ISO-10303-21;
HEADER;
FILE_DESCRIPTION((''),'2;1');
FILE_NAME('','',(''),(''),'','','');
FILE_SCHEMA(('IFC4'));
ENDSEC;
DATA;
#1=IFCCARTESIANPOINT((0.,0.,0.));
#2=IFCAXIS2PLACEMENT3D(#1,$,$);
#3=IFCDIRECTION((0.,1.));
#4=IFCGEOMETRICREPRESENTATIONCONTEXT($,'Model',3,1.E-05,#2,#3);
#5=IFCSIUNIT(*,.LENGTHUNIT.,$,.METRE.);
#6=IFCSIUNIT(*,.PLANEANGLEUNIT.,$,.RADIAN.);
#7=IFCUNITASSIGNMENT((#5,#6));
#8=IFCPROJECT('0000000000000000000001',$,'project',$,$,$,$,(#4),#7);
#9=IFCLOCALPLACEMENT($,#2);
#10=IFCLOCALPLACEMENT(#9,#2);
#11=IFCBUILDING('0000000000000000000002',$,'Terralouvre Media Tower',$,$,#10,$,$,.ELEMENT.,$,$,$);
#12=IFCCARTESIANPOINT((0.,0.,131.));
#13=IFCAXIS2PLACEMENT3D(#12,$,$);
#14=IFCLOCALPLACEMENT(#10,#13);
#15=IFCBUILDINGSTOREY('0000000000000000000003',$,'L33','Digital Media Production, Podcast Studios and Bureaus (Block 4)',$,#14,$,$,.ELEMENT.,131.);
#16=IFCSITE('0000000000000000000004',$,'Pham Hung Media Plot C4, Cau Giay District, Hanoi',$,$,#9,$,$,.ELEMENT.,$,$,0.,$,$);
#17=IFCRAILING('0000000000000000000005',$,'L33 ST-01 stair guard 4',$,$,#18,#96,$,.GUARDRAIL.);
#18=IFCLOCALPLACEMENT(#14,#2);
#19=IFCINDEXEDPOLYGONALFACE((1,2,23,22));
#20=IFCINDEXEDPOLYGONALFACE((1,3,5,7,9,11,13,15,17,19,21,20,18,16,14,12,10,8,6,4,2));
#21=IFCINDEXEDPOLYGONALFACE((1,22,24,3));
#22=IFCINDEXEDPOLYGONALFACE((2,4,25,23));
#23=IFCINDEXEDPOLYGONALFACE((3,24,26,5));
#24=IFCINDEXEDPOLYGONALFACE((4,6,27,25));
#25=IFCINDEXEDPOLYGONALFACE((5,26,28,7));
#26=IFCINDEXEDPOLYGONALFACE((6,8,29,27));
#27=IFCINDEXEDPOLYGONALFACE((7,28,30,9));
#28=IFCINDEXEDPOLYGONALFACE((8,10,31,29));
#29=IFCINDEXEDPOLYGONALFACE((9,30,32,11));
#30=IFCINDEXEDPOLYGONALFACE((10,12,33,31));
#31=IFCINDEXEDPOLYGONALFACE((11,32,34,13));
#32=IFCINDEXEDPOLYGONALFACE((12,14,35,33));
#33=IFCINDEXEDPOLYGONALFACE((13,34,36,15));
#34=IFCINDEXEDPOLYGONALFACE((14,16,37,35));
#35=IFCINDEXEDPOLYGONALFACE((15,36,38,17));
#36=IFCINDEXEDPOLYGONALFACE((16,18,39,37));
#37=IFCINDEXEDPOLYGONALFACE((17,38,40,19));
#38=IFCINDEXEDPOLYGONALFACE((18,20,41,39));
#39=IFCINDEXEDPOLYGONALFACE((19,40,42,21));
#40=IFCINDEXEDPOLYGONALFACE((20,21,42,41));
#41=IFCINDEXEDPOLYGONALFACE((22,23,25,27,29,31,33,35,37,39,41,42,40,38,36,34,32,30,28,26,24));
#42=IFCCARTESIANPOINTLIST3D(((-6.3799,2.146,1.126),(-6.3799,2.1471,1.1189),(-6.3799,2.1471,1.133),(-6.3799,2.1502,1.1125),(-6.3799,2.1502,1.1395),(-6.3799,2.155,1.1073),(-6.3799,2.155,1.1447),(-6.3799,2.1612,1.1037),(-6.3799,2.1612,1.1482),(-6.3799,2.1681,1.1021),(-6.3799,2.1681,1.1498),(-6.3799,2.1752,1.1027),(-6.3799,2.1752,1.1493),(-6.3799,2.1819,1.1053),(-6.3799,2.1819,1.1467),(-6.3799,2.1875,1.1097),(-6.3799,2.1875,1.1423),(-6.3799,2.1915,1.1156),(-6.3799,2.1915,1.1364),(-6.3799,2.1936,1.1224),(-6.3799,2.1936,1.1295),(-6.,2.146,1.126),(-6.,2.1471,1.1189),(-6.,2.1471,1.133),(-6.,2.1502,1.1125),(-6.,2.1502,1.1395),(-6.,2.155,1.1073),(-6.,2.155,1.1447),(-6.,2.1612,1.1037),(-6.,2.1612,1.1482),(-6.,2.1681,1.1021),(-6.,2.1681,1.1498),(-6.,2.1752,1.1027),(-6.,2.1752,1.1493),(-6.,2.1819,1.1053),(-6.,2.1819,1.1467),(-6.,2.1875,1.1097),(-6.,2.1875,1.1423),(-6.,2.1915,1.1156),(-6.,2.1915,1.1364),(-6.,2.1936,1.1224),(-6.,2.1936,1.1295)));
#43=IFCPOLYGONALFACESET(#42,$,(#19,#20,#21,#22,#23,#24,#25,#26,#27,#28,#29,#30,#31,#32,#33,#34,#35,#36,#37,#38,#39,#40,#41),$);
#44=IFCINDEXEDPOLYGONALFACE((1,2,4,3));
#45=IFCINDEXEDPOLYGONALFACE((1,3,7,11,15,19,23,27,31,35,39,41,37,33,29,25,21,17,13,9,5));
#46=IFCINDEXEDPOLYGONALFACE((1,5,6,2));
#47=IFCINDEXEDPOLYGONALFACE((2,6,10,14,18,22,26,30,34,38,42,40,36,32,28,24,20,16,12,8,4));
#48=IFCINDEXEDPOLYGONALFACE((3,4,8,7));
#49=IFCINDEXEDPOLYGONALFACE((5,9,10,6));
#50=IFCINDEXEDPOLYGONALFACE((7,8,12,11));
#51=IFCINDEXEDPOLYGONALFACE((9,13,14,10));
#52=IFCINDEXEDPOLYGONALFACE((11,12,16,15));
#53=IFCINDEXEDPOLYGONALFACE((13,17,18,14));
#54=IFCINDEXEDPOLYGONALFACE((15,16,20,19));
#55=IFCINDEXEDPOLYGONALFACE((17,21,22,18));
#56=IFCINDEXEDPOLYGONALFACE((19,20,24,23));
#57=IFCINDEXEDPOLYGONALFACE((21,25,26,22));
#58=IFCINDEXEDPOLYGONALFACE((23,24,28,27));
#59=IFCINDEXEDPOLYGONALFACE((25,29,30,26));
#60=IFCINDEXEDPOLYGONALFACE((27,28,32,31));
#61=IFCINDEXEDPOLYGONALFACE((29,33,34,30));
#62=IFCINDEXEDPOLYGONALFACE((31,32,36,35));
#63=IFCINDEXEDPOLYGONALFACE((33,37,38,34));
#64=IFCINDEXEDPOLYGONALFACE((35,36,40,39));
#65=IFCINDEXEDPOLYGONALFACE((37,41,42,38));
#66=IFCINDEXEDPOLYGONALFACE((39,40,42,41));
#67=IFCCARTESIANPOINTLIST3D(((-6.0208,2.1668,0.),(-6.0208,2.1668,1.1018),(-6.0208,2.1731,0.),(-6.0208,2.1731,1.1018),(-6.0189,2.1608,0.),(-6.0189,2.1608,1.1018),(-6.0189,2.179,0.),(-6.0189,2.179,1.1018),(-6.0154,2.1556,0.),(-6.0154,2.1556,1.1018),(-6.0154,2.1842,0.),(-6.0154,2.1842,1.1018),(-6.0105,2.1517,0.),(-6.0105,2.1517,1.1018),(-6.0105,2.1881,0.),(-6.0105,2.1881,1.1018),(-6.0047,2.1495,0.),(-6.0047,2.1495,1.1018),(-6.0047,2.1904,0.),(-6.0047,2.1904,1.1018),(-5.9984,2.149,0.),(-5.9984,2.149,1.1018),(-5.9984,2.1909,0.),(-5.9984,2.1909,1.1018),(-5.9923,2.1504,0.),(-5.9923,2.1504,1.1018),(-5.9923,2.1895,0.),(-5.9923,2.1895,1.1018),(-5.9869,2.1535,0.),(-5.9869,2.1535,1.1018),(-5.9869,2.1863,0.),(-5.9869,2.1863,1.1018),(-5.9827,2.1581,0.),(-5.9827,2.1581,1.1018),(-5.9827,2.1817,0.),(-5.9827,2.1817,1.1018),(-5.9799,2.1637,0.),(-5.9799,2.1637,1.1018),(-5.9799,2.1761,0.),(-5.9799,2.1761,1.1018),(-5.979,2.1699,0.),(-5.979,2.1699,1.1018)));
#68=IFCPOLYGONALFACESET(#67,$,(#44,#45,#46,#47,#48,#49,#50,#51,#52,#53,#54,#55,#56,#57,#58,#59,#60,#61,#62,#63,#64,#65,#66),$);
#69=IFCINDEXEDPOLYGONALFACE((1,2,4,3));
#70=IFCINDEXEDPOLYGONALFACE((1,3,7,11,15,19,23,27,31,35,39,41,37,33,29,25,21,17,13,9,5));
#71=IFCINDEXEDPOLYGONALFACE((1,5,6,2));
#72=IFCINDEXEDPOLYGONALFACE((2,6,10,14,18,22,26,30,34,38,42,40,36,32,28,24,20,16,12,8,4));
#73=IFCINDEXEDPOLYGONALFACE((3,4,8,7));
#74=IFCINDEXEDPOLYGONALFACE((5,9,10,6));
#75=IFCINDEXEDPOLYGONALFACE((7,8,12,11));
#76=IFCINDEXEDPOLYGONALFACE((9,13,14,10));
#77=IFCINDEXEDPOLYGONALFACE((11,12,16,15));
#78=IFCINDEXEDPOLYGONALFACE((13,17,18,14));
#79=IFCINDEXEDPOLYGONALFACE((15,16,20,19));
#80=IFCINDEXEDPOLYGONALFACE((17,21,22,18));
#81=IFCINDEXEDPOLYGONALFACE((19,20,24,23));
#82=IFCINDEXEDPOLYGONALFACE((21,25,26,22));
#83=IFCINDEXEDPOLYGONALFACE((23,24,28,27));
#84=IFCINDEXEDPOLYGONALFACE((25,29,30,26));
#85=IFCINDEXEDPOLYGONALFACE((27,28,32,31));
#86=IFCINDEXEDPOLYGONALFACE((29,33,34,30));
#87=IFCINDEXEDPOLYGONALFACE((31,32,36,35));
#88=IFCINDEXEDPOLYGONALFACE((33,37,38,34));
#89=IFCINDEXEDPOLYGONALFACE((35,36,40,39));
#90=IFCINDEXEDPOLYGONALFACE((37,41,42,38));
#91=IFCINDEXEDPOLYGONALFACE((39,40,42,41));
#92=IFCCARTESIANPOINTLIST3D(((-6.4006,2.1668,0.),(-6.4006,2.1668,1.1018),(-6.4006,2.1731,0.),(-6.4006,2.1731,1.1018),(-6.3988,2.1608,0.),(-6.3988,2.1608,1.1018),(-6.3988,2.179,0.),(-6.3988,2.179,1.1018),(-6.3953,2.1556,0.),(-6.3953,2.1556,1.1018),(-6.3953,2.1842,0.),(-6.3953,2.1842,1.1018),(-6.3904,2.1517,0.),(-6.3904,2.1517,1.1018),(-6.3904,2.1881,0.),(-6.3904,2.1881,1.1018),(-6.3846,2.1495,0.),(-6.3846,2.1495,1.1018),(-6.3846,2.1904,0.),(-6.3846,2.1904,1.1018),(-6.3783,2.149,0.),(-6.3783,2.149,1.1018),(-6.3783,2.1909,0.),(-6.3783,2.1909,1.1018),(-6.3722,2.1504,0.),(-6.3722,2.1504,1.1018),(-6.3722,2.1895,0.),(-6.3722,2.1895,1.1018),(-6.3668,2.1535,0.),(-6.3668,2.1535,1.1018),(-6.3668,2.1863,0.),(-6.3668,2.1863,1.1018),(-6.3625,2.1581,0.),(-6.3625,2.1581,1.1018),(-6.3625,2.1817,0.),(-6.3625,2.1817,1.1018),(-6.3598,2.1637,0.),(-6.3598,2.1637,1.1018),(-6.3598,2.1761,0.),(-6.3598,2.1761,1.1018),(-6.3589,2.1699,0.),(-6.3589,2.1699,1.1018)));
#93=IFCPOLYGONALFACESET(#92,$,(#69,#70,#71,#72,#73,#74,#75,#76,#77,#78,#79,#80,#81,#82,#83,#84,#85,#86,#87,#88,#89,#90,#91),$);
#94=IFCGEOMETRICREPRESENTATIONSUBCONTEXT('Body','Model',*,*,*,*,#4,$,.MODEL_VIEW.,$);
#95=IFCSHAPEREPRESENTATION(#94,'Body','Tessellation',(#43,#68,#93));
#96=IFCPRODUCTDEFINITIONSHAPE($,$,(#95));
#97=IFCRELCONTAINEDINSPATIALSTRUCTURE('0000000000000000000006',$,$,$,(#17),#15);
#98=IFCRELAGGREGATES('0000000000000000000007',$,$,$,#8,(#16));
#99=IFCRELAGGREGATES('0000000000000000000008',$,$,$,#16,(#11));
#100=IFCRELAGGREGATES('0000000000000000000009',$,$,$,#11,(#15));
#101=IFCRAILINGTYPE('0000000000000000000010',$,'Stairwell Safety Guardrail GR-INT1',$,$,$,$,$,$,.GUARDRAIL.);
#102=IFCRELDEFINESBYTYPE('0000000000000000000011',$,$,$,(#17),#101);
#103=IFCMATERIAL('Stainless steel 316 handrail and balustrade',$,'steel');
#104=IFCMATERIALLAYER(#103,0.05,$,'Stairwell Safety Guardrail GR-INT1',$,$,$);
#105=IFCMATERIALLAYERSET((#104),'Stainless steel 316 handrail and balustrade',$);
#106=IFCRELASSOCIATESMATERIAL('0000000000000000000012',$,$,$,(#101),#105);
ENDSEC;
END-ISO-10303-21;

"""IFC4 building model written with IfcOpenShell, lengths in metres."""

from ifc_helpers import new_model, si_unit, direction, frame, origin, origin_2d, place, context, subcontext, project, spatial, circle, extrude, material, layer, layer_set, type_object, element, save


model = new_model("IFC4")

# Units and contexts
model_context = context("Model", 3, precision=1e-05, world=origin(), true_north=direction((0.0, 1.0)))
body_context = subcontext(model_context, "Body", "Model", "MODEL_VIEW")
ifc_project = project(units=[si_unit("LENGTHUNIT", "METRE"), si_unit("PLANEANGLEUNIT", "RADIAN")], contexts=[model_context])

# Site, building, storey
site_placement = place(None, origin())
site = spatial("IfcSite", under=ifc_project, at=site_placement, Name="Pham Hung Media Plot C4, Cau Giay District, Hanoi", CompositionType="ELEMENT", RefElevation=0.0)
building_placement = place(site_placement, origin())
building = spatial("IfcBuilding", under=site, at=building_placement, Name="Terralouvre Media Tower", CompositionType="ELEMENT")
storey_placement = place(building_placement, frame((0.0, 0.0, 131.0)))
storey = spatial("IfcBuildingStorey", under=building, at=storey_placement, Name="L33", Description="Digital Media Production, Podcast Studios and Bureaus (Block 4)", CompositionType="ELEMENT", Elevation=131.0)

# Railing
ifc_material_1 = material(Name="Stainless steel 316 handrail and balustrade", Category="steel")
ifc_layer_1 = layer(ifc_material_1, 0.05, Name="Stairwell Safety Guardrail GR-INT1")
ifc_layer_set_1 = layer_set([ifc_layer_1], Name="Stainless steel 316 handrail and balustrade")
railing_type_1 = type_object("IfcRailingType", Name="Stairwell Safety Guardrail GR-INT1", PredefinedType="GUARDRAIL", material=ifc_layer_set_1)
railing_1_placement = place(storey_placement, frame((-6.0, 2.1699, 0.0)))
element("IfcRailing", 1, at=railing_1_placement, inside=storey, type_object=railing_type_1, Name="L33 ST-01 stair guard 4", PredefinedType="GUARDRAIL", context=body_context, shape_type="SweptSolid", body=[
    extrude(circle(Radius=0.0239, at=origin_2d()), frame((0.0, 0.0, 1.126), z_axis=(-1.0, 0.0, 0.0), x_axis=(0.0, -1.0, 0.0)), (0.0, 0.0, 1.0), 0.3799),
    extrude(circle(Radius=0.021, at=origin_2d()), origin(), (0.0, 0.0, 1.0), 1.1018),
    extrude(circle(Radius=0.021, at=origin_2d()), frame((-0.3799, 0.0, 0.0)), (0.0, 0.0, 1.0), 1.1018),
])

save(model, "model.ifc")
